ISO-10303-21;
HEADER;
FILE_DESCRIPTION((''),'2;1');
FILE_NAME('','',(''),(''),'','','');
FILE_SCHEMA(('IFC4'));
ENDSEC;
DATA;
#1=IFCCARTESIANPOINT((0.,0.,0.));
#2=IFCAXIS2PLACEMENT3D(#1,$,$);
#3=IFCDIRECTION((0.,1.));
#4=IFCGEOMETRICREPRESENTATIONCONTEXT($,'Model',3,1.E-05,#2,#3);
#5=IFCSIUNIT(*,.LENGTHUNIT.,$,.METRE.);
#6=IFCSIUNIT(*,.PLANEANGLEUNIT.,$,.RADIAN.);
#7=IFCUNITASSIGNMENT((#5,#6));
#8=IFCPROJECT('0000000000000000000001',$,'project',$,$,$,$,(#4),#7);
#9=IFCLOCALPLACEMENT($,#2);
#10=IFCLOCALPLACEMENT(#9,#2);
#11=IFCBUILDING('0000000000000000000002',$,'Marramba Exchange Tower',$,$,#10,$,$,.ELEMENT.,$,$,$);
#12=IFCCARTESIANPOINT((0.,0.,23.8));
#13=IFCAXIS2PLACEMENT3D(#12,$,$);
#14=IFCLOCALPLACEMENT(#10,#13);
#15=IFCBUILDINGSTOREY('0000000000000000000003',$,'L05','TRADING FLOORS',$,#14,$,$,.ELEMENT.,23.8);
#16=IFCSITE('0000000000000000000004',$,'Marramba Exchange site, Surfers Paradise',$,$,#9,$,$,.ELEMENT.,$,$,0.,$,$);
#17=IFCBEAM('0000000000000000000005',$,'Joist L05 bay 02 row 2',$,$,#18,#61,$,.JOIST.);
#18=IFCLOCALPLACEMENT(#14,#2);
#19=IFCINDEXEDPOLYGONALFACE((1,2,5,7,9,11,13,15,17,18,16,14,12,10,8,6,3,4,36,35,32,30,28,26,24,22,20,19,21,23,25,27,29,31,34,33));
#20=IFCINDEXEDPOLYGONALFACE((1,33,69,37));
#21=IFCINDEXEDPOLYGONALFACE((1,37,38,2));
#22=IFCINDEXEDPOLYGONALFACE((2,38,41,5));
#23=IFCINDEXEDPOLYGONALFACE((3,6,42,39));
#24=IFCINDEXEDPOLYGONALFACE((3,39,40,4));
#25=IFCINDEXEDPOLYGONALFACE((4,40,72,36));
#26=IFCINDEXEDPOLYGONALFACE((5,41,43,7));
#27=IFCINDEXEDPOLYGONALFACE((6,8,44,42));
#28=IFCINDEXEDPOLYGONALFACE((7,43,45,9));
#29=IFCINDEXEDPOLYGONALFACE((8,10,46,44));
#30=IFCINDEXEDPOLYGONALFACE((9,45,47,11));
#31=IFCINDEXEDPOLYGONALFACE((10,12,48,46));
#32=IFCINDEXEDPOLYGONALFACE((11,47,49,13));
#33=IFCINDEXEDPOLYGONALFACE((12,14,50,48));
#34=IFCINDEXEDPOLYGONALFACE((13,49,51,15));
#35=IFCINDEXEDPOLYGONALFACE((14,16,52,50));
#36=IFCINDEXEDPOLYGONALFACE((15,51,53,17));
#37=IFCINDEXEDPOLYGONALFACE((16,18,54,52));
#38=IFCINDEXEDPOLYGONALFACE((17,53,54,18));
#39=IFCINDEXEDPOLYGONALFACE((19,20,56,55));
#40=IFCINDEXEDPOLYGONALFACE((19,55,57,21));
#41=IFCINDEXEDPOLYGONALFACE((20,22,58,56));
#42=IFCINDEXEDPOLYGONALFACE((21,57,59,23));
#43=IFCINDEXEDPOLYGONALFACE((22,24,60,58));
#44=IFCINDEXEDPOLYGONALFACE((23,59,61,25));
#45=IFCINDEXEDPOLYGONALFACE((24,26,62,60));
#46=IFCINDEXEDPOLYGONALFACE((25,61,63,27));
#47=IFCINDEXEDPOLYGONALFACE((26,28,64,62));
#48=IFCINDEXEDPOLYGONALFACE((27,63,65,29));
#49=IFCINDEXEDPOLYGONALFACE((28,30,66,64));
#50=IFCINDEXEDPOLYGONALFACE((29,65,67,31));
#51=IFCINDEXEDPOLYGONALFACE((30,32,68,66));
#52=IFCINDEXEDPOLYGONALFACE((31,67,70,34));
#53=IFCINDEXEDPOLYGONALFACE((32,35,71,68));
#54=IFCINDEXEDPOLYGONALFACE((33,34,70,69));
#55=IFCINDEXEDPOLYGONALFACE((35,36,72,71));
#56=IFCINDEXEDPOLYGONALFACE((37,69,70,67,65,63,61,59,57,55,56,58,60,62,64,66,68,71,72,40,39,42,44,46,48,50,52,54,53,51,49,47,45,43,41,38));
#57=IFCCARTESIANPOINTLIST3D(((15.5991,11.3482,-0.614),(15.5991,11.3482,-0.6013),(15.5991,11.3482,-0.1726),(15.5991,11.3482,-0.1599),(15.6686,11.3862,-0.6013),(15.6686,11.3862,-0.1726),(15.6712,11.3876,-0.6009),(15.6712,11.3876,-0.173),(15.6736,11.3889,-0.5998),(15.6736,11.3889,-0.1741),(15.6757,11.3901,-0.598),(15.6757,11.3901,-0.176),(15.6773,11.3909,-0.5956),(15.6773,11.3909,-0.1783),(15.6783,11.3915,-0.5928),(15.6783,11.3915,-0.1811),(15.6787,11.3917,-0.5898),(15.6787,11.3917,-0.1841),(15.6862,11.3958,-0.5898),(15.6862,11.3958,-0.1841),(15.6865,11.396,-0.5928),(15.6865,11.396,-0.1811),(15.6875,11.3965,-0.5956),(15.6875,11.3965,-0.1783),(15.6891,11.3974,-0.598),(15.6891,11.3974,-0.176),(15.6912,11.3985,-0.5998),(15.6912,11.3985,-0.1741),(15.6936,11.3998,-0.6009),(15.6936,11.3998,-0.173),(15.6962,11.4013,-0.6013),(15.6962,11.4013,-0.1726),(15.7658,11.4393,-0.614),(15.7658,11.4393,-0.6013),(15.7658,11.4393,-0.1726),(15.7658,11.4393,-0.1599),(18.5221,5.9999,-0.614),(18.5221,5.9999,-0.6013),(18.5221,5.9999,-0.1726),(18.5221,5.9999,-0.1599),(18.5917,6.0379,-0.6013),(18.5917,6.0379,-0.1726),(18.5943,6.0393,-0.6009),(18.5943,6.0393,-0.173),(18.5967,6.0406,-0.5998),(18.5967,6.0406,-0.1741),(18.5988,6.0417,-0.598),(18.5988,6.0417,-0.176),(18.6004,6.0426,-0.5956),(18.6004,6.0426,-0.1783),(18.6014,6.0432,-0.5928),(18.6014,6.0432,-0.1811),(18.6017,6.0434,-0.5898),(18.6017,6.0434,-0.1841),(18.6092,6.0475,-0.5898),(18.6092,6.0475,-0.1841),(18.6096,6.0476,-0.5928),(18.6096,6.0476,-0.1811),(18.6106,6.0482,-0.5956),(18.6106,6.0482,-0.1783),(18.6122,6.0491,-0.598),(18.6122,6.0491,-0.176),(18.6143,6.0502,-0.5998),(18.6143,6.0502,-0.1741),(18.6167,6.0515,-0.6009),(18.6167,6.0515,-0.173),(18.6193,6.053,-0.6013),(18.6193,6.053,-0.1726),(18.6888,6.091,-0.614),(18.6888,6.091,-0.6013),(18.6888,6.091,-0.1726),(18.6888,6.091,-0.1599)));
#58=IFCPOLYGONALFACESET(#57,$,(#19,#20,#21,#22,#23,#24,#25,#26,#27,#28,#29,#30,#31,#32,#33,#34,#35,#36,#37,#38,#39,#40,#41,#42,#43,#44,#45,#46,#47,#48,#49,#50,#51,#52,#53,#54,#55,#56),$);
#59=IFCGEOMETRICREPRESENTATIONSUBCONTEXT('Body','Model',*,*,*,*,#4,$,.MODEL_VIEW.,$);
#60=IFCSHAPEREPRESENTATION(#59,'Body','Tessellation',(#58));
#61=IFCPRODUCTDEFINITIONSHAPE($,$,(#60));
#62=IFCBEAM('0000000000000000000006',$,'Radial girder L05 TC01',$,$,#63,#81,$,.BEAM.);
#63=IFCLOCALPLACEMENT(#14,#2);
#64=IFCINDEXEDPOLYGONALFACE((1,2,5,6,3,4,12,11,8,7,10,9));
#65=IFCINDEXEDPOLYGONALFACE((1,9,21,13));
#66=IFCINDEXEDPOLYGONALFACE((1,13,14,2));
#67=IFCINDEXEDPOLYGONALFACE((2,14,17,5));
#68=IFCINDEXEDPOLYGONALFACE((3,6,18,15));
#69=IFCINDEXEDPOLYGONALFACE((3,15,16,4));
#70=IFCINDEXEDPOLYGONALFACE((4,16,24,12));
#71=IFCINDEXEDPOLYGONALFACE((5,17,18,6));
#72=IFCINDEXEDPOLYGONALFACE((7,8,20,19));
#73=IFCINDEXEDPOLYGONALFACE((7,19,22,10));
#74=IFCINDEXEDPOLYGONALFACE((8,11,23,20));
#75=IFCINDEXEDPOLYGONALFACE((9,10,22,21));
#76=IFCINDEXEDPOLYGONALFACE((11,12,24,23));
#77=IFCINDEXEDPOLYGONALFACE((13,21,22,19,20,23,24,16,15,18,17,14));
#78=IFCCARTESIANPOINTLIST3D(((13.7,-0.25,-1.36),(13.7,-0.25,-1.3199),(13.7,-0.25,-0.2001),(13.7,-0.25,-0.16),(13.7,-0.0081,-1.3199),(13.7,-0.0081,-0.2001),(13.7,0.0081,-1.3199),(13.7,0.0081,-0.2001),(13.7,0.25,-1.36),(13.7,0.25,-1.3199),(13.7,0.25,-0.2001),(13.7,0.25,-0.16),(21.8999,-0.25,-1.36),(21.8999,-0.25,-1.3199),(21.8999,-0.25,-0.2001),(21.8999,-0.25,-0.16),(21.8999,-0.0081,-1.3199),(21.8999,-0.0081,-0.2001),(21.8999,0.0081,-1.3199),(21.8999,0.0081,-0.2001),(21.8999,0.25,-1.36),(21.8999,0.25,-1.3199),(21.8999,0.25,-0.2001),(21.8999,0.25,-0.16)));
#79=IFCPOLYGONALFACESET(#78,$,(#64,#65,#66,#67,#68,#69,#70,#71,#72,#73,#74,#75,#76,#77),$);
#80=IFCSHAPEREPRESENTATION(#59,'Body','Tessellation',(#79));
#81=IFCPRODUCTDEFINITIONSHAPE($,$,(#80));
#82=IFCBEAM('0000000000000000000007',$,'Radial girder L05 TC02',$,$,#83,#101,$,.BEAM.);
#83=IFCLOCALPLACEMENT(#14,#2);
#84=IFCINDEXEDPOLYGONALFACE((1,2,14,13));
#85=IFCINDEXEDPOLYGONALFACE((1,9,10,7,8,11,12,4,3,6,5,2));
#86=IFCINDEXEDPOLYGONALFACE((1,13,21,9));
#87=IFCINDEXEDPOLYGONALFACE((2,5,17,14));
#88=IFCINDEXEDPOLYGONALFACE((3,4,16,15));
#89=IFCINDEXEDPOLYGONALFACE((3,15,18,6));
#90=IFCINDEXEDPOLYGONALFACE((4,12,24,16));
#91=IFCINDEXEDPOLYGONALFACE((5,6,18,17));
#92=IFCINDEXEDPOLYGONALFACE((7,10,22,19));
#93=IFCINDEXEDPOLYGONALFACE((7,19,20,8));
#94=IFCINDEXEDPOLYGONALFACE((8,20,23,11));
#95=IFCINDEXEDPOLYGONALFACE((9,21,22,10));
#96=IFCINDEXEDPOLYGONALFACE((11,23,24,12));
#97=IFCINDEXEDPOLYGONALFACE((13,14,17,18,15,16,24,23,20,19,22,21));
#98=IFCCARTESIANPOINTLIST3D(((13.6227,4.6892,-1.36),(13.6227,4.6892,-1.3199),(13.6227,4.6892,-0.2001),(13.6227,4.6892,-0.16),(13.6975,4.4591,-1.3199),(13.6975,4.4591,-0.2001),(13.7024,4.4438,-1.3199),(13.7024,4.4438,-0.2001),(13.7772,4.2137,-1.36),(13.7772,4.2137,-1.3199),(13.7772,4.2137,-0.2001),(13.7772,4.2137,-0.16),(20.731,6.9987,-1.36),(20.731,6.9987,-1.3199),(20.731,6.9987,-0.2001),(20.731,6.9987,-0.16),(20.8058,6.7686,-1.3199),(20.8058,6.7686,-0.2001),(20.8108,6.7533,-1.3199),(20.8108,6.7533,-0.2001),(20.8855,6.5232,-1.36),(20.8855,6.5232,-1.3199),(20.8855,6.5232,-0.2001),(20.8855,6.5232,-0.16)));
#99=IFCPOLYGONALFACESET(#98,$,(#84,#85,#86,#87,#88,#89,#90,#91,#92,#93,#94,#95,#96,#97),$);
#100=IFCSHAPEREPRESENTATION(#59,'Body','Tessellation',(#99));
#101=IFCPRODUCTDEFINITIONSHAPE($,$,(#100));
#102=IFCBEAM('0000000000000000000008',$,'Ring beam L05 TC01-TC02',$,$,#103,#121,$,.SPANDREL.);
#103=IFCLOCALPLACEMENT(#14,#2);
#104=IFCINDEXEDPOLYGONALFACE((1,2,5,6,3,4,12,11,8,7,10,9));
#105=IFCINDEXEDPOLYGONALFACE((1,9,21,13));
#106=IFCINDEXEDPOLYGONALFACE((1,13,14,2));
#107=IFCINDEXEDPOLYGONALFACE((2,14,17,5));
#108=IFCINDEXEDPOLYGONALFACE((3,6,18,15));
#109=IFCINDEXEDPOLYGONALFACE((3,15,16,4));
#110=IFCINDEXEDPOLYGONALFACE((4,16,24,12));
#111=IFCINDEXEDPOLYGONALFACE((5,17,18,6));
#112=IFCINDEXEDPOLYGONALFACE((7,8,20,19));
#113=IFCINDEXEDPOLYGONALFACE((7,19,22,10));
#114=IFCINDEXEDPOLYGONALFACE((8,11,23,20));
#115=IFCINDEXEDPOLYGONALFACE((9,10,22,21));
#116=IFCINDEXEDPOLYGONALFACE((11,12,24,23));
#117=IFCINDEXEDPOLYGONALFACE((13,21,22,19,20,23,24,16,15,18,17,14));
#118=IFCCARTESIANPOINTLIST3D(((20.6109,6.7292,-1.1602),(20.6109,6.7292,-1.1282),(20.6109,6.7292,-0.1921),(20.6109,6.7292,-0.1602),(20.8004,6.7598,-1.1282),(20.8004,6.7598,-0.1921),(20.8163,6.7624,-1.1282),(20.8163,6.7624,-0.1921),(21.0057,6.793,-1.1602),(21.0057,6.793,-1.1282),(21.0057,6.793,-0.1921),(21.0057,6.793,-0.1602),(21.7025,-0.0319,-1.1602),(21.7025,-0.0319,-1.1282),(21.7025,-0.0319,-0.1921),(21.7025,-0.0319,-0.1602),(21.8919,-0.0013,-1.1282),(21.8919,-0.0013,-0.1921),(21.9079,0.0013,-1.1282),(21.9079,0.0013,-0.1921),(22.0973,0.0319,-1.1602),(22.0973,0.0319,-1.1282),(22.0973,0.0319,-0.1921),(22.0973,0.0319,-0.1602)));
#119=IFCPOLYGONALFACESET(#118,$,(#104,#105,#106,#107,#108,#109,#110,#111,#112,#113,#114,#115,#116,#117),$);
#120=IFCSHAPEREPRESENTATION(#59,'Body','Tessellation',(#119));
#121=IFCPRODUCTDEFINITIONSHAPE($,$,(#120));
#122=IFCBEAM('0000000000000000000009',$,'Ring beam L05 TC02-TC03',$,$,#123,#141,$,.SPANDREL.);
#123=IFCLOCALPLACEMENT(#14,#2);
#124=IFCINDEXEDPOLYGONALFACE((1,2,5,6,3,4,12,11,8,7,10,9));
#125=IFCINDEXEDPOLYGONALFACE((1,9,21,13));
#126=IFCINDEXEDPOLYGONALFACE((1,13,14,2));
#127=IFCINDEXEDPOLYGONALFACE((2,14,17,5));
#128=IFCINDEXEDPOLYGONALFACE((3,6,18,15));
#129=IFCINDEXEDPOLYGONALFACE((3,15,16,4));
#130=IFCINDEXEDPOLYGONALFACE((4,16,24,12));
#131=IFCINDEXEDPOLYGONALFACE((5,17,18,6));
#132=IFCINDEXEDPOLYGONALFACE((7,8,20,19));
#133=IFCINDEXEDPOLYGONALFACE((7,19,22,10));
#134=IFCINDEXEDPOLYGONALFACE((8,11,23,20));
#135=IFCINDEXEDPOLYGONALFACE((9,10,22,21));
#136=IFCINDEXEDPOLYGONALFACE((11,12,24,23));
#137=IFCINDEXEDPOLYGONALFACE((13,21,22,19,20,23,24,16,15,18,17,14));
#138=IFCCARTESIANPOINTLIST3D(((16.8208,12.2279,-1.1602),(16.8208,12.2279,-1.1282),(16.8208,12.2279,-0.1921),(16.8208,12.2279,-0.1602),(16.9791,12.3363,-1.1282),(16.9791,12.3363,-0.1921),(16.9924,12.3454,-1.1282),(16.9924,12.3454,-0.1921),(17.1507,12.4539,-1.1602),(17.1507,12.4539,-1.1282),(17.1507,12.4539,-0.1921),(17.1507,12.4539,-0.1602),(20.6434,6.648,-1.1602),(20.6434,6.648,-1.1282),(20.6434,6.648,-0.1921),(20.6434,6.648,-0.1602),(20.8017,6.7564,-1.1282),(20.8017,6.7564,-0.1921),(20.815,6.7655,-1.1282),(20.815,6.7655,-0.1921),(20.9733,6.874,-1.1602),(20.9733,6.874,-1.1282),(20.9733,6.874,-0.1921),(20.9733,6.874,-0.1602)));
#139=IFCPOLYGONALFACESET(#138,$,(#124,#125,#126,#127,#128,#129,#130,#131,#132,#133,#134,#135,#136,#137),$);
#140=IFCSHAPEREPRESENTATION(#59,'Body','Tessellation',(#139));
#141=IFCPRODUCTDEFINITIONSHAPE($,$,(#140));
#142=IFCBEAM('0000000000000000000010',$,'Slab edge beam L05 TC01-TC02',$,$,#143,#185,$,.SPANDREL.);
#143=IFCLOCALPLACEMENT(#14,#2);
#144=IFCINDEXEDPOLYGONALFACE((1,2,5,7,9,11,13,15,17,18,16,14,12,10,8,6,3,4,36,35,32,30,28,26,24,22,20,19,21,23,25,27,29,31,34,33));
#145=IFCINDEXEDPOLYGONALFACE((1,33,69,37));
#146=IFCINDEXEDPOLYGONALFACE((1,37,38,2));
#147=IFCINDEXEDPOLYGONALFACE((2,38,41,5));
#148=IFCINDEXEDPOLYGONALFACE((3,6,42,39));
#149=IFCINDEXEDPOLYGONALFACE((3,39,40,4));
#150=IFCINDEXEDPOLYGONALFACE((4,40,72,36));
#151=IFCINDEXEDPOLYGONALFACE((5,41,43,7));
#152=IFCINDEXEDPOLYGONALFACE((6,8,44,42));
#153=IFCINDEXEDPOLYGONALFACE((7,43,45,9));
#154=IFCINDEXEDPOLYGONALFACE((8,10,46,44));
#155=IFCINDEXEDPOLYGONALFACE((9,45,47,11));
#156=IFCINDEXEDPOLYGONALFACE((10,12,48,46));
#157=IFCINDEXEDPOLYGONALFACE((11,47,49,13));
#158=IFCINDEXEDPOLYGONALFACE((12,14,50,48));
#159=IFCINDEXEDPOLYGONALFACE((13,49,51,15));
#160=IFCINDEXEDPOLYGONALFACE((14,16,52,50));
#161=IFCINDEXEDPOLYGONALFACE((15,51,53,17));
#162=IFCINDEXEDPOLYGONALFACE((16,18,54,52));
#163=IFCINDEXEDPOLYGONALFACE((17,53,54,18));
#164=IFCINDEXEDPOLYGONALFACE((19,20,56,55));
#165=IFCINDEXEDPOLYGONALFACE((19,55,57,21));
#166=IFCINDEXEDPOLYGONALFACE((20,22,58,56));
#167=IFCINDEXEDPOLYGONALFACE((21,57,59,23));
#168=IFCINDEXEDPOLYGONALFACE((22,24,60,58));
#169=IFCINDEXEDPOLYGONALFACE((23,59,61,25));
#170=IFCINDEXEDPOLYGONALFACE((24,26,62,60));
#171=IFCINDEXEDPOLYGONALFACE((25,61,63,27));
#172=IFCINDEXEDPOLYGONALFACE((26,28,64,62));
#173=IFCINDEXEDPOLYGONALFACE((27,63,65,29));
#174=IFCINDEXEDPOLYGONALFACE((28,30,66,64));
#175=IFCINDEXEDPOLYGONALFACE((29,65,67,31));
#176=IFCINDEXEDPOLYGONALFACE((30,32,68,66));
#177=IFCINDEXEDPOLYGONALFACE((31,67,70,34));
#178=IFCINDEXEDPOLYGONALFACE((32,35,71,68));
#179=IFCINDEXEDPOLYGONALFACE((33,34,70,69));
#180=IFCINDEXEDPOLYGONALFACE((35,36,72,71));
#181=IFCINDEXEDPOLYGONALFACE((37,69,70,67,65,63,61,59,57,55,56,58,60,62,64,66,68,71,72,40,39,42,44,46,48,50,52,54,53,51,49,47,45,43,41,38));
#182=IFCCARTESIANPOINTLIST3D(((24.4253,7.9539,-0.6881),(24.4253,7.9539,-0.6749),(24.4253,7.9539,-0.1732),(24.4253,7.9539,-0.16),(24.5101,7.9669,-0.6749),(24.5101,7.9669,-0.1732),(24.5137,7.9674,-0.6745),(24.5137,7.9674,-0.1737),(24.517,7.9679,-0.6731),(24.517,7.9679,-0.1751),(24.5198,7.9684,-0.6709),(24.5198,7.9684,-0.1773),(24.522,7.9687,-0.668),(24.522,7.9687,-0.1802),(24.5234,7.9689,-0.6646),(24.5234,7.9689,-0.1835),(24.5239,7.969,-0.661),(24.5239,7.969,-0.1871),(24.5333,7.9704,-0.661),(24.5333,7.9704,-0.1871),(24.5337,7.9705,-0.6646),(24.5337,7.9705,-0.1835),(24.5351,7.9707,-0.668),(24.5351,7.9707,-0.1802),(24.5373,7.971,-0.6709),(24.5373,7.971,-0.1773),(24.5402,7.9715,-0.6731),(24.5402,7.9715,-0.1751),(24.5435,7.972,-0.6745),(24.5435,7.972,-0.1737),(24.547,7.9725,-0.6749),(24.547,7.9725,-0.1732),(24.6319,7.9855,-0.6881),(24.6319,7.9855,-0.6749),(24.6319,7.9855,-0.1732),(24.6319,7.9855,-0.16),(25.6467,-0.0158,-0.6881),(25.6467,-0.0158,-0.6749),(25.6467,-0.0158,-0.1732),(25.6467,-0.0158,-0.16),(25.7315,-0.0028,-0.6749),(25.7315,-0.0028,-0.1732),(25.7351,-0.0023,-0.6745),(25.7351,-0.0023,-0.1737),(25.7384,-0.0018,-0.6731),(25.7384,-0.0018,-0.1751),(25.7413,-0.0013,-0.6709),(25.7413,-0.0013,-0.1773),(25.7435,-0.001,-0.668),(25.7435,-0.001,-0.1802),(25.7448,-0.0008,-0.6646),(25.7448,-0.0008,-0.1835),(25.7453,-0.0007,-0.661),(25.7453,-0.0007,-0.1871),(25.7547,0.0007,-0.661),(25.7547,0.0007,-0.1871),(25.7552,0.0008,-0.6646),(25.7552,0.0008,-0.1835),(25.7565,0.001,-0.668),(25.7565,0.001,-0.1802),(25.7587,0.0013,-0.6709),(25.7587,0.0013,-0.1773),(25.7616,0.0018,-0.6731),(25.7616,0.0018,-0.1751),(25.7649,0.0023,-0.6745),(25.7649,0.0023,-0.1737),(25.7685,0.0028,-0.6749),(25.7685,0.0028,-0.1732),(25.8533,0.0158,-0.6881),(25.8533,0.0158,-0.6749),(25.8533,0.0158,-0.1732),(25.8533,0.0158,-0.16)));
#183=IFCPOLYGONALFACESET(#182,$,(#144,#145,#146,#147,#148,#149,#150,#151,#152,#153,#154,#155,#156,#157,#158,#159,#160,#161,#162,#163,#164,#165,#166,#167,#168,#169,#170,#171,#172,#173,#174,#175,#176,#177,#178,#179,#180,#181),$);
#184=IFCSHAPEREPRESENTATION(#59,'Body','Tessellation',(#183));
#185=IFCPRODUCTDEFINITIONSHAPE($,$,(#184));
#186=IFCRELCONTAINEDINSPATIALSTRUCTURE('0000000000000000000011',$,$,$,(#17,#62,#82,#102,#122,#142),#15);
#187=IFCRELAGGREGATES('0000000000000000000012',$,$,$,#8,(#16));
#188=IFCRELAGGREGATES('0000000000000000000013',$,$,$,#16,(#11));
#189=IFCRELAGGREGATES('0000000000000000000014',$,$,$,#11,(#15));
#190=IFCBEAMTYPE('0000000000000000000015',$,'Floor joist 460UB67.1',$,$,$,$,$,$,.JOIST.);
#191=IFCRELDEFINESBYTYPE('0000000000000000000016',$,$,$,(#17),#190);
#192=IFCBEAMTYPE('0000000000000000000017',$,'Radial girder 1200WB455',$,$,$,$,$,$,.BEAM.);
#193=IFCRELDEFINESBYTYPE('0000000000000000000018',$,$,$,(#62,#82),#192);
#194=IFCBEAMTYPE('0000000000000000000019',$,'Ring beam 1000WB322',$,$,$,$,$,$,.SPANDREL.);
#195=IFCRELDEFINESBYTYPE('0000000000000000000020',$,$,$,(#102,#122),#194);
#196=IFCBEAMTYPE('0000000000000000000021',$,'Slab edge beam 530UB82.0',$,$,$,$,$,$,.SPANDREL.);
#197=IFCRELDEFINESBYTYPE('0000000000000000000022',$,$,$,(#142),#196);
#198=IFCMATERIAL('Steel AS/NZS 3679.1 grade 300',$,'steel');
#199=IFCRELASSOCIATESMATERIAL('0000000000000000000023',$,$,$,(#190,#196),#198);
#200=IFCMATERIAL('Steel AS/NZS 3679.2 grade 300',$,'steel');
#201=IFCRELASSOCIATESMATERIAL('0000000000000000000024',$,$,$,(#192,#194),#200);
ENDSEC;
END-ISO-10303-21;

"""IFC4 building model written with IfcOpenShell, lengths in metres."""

from ifc_helpers import new_model, si_unit, direction, frame, origin, origin_2d, place, context, subcontext, project, spatial, i_section, extrude, material, material_profile, profile_set, type_object, element, save


model = new_model("IFC4")

# Units and contexts
model_context = context("Model", 3, precision=1e-05, world=origin(), true_north=direction((0.0, 1.0)))
body_context = subcontext(model_context, "Body", "Model", "MODEL_VIEW")
ifc_project = project(units=[si_unit("LENGTHUNIT", "METRE"), si_unit("PLANEANGLEUNIT", "RADIAN")], contexts=[model_context])

# Site, building, storey
site_placement = place(None, origin())
site = spatial("IfcSite", under=ifc_project, at=site_placement, Name="Marramba Exchange site, Surfers Paradise", CompositionType="ELEMENT", RefElevation=0.0)
building_placement = place(site_placement, origin())
building = spatial("IfcBuilding", under=site, at=building_placement, Name="Marramba Exchange Tower", CompositionType="ELEMENT")
storey_placement = place(building_placement, frame((0.0, 0.0, 23.8)))
storey = spatial("IfcBuildingStorey", under=building, at=storey_placement, Name="L05", Description="TRADING FLOORS", CompositionType="ELEMENT", Elevation=23.8)

# Beams
ifc_material_1 = material(Name="Steel AS/NZS 3679.2 grade 300", Category="steel")
ifc_material_2 = material(Name="Steel AS/NZS 3679.1 grade 300", Category="steel")
ifc_material_profile_1 = material_profile(ifc_material_2, i_section(OverallWidth=0.1899, OverallDepth=0.4541, WebThickness=0.0085, FlangeThickness=0.0127, FilletRadius=0.0115, at=origin_2d()), Name="460UB67.1")
ifc_profile_set_1 = profile_set([ifc_material_profile_1], Name="Steel AS/NZS 3679.1 grade 300")
beam_type_1 = type_object("IfcBeamType", Name="Floor joist 460UB67.1", PredefinedType="JOIST", material=ifc_profile_set_1)
beam_1_placement = place(storey_placement, frame((18.6055, 6.0454, -0.387), z_axis=(-0.479584, 0.877496, 0.0), x_axis=(-0.877496, -0.479584, 0.0)))
element("IfcBeam", 1, at=beam_1_placement, inside=storey, type_object=beam_type_1, Name="Joist L05 bay 02 row 2", PredefinedType="JOIST", context=body_context, shape_type="SweptSolid", body=[
    extrude(i_section(OverallWidth=0.1899, OverallDepth=0.4541, WebThickness=0.0085, FlangeThickness=0.0127, FilletRadius=0.0115, at=origin_2d()), origin(), (0.0, 0.0, 1.0), 6.095),
])
ifc_material_profile_2 = material_profile(ifc_material_1, i_section(OverallWidth=0.5, OverallDepth=1.2, WebThickness=0.0161, FlangeThickness=0.04, at=origin_2d()), Name="1200WB455")
ifc_profile_set_2 = profile_set([ifc_material_profile_2], Name="Steel AS/NZS 3679.2 grade 300")
beam_type_2 = type_object("IfcBeamType", Name="Radial girder 1200WB455", PredefinedType="BEAM", material=ifc_profile_set_2)
beam_2_placement = place(storey_placement, frame((13.7, 0.0, -0.76), z_axis=(1.0, 0.0, 0.0), x_axis=(0.0, 1.0, 0.0)))
element("IfcBeam", 2, at=beam_2_placement, inside=storey, type_object=beam_type_2, Name="Radial girder L05 TC01", PredefinedType="BEAM", context=body_context, shape_type="SweptSolid", body=[
    extrude(i_section(OverallWidth=0.5, OverallDepth=1.2, WebThickness=0.0161, FlangeThickness=0.04, at=origin_2d()), origin(), (0.0, 0.0, 1.0), 8.2),
])
beam_3_placement = place(storey_placement, frame((13.7, 4.4514, -0.76), z_axis=(0.95106, 0.309006, 0.0), x_axis=(-0.309006, 0.95106, 0.0)))
element("IfcBeam", 3, at=beam_3_placement, inside=storey, type_object=beam_type_2, Name="Radial girder L05 TC02", PredefinedType="BEAM", context=body_context, shape_type="SweptSolid", body=[
    extrude(i_section(OverallWidth=0.5, OverallDepth=1.2, WebThickness=0.0161, FlangeThickness=0.04, at=origin_2d()), origin(), (0.0, 0.0, 1.0), 7.4741),
])
ifc_material_profile_3 = material_profile(ifc_material_1, i_section(OverallWidth=0.3999, OverallDepth=1.0, WebThickness=0.0161, FlangeThickness=0.032, at=origin_2d()), Name="1000WB322")
ifc_profile_set_3 = profile_set([ifc_material_profile_3], Name="Steel AS/NZS 3679.2 grade 300")
beam_type_3 = type_object("IfcBeamType", Name="Ring beam 1000WB322", PredefinedType="SPANDREL", material=ifc_profile_set_3)
beam_4_placement = place(storey_placement, frame((21.8999, 0.0, -0.6602), z_axis=(-0.159385, 0.987217, 0.0), x_axis=(-0.987217, -0.159385, 0.0)))
element("IfcBeam", 4, at=beam_4_placement, inside=storey, type_object=beam_type_3, Name="Ring beam L05 TC01-TC02", PredefinedType="SPANDREL", context=body_context, shape_type="SweptSolid", body=[
    extrude(i_section(OverallWidth=0.3999, OverallDepth=1.0, WebThickness=0.0161, FlangeThickness=0.032, at=origin_2d()), origin(), (0.0, 0.0, 1.0), 6.8486),
])
beam_5_placement = place(storey_placement, frame((20.8083, 6.761, -0.6602), z_axis=(-0.56516, 0.824981, 0.0), x_axis=(-0.824981, -0.56516, 0.0)))
element("IfcBeam", 5, at=beam_5_placement, inside=storey, type_object=beam_type_3, Name="Ring beam L05 TC02-TC03", PredefinedType="SPANDREL", context=body_context, shape_type="SweptSolid", body=[
    extrude(i_section(OverallWidth=0.3999, OverallDepth=1.0, WebThickness=0.0161, FlangeThickness=0.032, at=origin_2d()), origin(), (0.0, 0.0, 1.0), 6.7637),
])
ifc_material_profile_4 = material_profile(ifc_material_2, i_section(OverallWidth=0.209, OverallDepth=0.5281, WebThickness=0.0095, FlangeThickness=0.0132, FilletRadius=0.0139, at=origin_2d()), Name="530UB82.0")
ifc_profile_set_4 = profile_set([ifc_material_profile_4], Name="Steel AS/NZS 3679.1 grade 300")
beam_type_4 = type_object("IfcBeamType", Name="Slab edge beam 530UB82.0", PredefinedType="SPANDREL", material=ifc_profile_set_4)
beam_6_placement = place(storey_placement, frame((25.75, 0.0, -0.4241), z_axis=(-0.151491, 0.988459, 0.0), x_axis=(-0.988459, -0.151491, 0.0)))
element("IfcBeam", 6, at=beam_6_placement, inside=storey, type_object=beam_type_4, Name="Slab edge beam L05 TC01-TC02", PredefinedType="SPANDREL", context=body_context, shape_type="SweptSolid", body=[
    extrude(i_section(OverallWidth=0.209, OverallDepth=0.5281, WebThickness=0.0095, FlangeThickness=0.0132, FilletRadius=0.0139, at=origin_2d()), origin(), (0.0, 0.0, 1.0), 8.0627),
])

save(model, "model.ifc")
